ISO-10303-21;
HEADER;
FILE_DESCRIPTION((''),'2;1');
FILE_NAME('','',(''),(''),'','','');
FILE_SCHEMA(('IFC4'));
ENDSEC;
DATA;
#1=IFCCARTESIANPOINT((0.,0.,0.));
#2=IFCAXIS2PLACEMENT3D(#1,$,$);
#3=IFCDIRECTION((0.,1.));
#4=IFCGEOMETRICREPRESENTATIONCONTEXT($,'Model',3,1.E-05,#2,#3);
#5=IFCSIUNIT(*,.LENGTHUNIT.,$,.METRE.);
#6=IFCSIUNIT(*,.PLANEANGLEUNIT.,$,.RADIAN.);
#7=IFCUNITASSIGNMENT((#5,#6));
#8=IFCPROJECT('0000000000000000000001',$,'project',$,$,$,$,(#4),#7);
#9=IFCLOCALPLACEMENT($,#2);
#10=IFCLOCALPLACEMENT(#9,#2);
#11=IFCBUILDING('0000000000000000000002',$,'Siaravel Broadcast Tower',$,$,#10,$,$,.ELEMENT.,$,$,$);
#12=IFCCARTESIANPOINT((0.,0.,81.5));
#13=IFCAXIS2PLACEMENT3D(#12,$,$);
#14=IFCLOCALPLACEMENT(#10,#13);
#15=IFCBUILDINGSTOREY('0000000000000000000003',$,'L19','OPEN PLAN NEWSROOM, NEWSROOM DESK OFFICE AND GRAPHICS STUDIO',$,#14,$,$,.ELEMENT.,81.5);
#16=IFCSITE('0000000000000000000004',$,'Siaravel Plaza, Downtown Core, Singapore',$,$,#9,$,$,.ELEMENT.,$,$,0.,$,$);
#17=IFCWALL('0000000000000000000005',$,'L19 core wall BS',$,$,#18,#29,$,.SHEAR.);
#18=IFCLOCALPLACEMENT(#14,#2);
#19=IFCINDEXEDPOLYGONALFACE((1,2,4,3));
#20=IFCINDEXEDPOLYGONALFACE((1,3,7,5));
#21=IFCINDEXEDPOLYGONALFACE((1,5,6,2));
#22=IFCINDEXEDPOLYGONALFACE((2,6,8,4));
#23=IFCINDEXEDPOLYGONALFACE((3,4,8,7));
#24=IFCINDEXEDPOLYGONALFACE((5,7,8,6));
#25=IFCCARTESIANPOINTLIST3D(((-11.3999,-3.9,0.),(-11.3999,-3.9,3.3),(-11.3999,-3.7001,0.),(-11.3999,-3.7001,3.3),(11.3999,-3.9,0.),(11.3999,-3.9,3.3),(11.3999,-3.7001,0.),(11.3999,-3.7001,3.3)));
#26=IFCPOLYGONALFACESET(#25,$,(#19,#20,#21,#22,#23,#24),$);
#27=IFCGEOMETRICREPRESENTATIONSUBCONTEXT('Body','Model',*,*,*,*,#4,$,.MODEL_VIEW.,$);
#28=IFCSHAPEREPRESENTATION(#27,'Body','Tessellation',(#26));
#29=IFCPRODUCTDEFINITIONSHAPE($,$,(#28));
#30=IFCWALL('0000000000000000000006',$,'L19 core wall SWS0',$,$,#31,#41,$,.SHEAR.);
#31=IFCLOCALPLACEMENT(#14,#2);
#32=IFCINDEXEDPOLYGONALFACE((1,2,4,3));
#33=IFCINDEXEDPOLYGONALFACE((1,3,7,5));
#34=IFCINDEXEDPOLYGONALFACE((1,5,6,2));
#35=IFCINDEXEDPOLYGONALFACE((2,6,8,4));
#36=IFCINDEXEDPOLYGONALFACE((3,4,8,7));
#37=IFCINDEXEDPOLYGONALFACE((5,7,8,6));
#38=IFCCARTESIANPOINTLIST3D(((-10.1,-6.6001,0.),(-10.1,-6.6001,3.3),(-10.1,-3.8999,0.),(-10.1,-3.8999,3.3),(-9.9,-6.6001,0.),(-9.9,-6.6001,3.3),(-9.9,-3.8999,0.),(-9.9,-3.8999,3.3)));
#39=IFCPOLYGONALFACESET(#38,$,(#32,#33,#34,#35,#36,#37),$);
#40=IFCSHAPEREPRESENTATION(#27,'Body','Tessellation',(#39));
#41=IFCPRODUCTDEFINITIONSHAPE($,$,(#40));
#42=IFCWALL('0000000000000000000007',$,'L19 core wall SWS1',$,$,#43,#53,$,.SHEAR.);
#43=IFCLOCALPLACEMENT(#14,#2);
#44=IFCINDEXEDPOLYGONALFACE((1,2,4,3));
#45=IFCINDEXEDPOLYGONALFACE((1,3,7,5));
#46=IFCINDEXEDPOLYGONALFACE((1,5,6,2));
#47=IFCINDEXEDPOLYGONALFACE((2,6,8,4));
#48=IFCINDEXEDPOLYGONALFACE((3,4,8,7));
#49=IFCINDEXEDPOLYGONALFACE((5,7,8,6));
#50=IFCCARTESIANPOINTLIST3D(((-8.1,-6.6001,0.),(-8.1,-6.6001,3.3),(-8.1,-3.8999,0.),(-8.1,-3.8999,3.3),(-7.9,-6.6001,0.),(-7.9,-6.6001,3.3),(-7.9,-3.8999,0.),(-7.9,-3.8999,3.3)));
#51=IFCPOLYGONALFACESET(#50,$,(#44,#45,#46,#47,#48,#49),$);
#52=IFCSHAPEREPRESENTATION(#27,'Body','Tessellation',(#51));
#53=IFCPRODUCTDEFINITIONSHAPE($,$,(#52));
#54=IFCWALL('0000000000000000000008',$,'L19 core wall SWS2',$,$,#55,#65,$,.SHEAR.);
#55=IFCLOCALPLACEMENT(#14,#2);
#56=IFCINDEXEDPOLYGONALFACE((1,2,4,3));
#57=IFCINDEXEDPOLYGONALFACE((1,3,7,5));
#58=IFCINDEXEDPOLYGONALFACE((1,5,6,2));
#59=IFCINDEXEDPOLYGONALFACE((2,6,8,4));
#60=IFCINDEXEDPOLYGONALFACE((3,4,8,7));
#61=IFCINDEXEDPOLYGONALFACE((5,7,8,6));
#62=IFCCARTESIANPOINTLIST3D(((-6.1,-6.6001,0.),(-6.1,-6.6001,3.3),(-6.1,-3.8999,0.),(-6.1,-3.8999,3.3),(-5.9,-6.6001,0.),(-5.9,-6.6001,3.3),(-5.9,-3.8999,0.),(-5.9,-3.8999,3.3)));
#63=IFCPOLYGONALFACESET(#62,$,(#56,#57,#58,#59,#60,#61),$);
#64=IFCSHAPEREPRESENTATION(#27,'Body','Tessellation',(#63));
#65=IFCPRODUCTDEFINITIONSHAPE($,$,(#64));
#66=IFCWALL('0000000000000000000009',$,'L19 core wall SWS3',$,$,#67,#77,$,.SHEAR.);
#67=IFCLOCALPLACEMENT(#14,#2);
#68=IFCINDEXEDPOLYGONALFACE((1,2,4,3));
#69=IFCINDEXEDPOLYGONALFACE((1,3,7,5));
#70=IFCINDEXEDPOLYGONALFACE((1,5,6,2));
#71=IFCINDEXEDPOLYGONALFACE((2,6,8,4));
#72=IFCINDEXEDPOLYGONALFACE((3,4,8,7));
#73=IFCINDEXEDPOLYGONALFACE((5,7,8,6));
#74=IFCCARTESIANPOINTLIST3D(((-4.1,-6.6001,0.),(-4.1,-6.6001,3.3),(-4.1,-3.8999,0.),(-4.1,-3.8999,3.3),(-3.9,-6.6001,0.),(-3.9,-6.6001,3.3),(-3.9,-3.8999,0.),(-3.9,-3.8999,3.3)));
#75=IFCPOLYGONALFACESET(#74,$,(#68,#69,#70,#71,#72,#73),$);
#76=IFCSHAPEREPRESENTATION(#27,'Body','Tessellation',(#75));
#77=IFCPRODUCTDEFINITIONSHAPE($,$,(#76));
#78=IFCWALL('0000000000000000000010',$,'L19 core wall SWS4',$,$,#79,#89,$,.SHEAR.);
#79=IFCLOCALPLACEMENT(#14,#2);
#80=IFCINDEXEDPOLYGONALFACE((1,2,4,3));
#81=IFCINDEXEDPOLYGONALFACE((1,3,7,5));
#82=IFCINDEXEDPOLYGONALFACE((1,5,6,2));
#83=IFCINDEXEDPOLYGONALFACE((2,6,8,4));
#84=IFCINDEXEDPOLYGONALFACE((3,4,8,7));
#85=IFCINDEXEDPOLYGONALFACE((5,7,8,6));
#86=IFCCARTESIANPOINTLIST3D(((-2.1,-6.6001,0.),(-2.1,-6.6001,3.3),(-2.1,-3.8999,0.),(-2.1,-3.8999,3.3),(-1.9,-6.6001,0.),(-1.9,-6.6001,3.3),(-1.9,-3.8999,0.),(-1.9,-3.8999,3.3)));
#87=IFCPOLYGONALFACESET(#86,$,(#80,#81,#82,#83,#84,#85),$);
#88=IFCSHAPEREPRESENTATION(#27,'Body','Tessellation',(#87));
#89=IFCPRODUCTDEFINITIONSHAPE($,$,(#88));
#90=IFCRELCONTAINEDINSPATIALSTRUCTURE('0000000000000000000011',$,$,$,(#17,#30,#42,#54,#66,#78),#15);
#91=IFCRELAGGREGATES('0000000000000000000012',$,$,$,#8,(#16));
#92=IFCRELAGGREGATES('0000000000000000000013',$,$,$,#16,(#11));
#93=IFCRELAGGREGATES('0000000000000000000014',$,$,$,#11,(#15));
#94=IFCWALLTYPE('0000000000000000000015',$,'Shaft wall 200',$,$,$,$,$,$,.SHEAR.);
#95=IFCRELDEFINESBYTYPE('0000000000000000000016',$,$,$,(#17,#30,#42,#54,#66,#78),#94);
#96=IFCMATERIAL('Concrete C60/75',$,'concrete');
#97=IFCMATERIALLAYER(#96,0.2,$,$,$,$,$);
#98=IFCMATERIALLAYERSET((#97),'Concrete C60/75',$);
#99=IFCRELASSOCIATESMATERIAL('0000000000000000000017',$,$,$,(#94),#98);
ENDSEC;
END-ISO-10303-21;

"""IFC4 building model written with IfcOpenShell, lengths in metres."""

from ifc_helpers import new_model, si_unit, direction, frame, frame_2d, origin, place, context, subcontext, project, spatial, rectangle, extrude, material, layer, layer_set, type_object, element, save


model = new_model("IFC4")

# Units and contexts
model_context = context("Model", 3, precision=1e-05, world=origin(), true_north=direction((0.0, 1.0)))
body_context = subcontext(model_context, "Body", "Model", "MODEL_VIEW")
ifc_project = project(units=[si_unit("LENGTHUNIT", "METRE"), si_unit("PLANEANGLEUNIT", "RADIAN")], contexts=[model_context])

# Site, building, storey
site_placement = place(None, origin())
site = spatial("IfcSite", under=ifc_project, at=site_placement, Name="Siaravel Plaza, Downtown Core, Singapore", CompositionType="ELEMENT", RefElevation=0.0)
building_placement = place(site_placement, origin())
building = spatial("IfcBuilding", under=site, at=building_placement, Name="Siaravel Broadcast Tower", CompositionType="ELEMENT")
storey_placement = place(building_placement, frame((0.0, 0.0, 81.5)))
storey = spatial("IfcBuildingStorey", under=building, at=storey_placement, Name="L19", Description="OPEN PLAN NEWSROOM, NEWSROOM DESK OFFICE AND GRAPHICS STUDIO", CompositionType="ELEMENT", Elevation=81.5)

# Shared definitions
ifc_material_1 = material(Name="Concrete C60/75", Category="concrete")

# Walls
ifc_layer_1 = layer(ifc_material_1, 0.2)
ifc_layer_set_1 = layer_set([ifc_layer_1], Name="Concrete C60/75")
wall_type_1 = type_object("IfcWallType", Name="Shaft wall 200", PredefinedType="SHEAR", material=ifc_layer_set_1)
wall_1_placement = place(storey_placement, frame((-11.3999, -3.8, 0.0), z_axis=(0.0, 0.0, 1.0), x_axis=(1.0, 0.0, 0.0)))
element("IfcWall", 1, at=wall_1_placement, inside=storey, type_object=wall_type_1, Name="L19 core wall BS", PredefinedType="SHEAR", context=body_context, shape_type="SweptSolid", body=[
    extrude(rectangle(XDim=22.7998, YDim=0.2, at=frame_2d((11.3999, 0.0))), origin(), (0.0, 0.0, 1.0), 3.3),
])
for number, where, z_axis, x_axis, name in (
    (2, (-10.0, -6.6001, 0.0), (0.0, 0.0, 1.0), (0.0, 1.0, 0.0), "L19 core wall SWS0"),
    (3, (-8.0, -6.6001, 0.0), (0.0, 0.0, 1.0), (0.0, 1.0, 0.0), "L19 core wall SWS1"),
    (4, (-6.0, -6.6001, 0.0), (0.0, 0.0, 1.0), (0.0, 1.0, 0.0), "L19 core wall SWS2"),
    (5, (-4.0, -6.6001, 0.0), (0.0, 0.0, 1.0), (0.0, 1.0, 0.0), "L19 core wall SWS3"),
    (6, (-2.0, -6.6001, 0.0), (0.0, 0.0, 1.0), (0.0, 1.0, 0.0), "L19 core wall SWS4"),
):
    element("IfcWall", number, at=place(storey_placement, frame(where, z_axis=z_axis, x_axis=x_axis)), inside=storey, type_object=wall_type_1, Name=name, PredefinedType="SHEAR", context=body_context, shape_type="SweptSolid", body=[
        extrude(rectangle(XDim=2.7002, YDim=0.2, at=frame_2d((1.3501, 0.0))), origin(), (0.0, 0.0, 1.0), 3.3),
    ])

save(model, "model.ifc")
